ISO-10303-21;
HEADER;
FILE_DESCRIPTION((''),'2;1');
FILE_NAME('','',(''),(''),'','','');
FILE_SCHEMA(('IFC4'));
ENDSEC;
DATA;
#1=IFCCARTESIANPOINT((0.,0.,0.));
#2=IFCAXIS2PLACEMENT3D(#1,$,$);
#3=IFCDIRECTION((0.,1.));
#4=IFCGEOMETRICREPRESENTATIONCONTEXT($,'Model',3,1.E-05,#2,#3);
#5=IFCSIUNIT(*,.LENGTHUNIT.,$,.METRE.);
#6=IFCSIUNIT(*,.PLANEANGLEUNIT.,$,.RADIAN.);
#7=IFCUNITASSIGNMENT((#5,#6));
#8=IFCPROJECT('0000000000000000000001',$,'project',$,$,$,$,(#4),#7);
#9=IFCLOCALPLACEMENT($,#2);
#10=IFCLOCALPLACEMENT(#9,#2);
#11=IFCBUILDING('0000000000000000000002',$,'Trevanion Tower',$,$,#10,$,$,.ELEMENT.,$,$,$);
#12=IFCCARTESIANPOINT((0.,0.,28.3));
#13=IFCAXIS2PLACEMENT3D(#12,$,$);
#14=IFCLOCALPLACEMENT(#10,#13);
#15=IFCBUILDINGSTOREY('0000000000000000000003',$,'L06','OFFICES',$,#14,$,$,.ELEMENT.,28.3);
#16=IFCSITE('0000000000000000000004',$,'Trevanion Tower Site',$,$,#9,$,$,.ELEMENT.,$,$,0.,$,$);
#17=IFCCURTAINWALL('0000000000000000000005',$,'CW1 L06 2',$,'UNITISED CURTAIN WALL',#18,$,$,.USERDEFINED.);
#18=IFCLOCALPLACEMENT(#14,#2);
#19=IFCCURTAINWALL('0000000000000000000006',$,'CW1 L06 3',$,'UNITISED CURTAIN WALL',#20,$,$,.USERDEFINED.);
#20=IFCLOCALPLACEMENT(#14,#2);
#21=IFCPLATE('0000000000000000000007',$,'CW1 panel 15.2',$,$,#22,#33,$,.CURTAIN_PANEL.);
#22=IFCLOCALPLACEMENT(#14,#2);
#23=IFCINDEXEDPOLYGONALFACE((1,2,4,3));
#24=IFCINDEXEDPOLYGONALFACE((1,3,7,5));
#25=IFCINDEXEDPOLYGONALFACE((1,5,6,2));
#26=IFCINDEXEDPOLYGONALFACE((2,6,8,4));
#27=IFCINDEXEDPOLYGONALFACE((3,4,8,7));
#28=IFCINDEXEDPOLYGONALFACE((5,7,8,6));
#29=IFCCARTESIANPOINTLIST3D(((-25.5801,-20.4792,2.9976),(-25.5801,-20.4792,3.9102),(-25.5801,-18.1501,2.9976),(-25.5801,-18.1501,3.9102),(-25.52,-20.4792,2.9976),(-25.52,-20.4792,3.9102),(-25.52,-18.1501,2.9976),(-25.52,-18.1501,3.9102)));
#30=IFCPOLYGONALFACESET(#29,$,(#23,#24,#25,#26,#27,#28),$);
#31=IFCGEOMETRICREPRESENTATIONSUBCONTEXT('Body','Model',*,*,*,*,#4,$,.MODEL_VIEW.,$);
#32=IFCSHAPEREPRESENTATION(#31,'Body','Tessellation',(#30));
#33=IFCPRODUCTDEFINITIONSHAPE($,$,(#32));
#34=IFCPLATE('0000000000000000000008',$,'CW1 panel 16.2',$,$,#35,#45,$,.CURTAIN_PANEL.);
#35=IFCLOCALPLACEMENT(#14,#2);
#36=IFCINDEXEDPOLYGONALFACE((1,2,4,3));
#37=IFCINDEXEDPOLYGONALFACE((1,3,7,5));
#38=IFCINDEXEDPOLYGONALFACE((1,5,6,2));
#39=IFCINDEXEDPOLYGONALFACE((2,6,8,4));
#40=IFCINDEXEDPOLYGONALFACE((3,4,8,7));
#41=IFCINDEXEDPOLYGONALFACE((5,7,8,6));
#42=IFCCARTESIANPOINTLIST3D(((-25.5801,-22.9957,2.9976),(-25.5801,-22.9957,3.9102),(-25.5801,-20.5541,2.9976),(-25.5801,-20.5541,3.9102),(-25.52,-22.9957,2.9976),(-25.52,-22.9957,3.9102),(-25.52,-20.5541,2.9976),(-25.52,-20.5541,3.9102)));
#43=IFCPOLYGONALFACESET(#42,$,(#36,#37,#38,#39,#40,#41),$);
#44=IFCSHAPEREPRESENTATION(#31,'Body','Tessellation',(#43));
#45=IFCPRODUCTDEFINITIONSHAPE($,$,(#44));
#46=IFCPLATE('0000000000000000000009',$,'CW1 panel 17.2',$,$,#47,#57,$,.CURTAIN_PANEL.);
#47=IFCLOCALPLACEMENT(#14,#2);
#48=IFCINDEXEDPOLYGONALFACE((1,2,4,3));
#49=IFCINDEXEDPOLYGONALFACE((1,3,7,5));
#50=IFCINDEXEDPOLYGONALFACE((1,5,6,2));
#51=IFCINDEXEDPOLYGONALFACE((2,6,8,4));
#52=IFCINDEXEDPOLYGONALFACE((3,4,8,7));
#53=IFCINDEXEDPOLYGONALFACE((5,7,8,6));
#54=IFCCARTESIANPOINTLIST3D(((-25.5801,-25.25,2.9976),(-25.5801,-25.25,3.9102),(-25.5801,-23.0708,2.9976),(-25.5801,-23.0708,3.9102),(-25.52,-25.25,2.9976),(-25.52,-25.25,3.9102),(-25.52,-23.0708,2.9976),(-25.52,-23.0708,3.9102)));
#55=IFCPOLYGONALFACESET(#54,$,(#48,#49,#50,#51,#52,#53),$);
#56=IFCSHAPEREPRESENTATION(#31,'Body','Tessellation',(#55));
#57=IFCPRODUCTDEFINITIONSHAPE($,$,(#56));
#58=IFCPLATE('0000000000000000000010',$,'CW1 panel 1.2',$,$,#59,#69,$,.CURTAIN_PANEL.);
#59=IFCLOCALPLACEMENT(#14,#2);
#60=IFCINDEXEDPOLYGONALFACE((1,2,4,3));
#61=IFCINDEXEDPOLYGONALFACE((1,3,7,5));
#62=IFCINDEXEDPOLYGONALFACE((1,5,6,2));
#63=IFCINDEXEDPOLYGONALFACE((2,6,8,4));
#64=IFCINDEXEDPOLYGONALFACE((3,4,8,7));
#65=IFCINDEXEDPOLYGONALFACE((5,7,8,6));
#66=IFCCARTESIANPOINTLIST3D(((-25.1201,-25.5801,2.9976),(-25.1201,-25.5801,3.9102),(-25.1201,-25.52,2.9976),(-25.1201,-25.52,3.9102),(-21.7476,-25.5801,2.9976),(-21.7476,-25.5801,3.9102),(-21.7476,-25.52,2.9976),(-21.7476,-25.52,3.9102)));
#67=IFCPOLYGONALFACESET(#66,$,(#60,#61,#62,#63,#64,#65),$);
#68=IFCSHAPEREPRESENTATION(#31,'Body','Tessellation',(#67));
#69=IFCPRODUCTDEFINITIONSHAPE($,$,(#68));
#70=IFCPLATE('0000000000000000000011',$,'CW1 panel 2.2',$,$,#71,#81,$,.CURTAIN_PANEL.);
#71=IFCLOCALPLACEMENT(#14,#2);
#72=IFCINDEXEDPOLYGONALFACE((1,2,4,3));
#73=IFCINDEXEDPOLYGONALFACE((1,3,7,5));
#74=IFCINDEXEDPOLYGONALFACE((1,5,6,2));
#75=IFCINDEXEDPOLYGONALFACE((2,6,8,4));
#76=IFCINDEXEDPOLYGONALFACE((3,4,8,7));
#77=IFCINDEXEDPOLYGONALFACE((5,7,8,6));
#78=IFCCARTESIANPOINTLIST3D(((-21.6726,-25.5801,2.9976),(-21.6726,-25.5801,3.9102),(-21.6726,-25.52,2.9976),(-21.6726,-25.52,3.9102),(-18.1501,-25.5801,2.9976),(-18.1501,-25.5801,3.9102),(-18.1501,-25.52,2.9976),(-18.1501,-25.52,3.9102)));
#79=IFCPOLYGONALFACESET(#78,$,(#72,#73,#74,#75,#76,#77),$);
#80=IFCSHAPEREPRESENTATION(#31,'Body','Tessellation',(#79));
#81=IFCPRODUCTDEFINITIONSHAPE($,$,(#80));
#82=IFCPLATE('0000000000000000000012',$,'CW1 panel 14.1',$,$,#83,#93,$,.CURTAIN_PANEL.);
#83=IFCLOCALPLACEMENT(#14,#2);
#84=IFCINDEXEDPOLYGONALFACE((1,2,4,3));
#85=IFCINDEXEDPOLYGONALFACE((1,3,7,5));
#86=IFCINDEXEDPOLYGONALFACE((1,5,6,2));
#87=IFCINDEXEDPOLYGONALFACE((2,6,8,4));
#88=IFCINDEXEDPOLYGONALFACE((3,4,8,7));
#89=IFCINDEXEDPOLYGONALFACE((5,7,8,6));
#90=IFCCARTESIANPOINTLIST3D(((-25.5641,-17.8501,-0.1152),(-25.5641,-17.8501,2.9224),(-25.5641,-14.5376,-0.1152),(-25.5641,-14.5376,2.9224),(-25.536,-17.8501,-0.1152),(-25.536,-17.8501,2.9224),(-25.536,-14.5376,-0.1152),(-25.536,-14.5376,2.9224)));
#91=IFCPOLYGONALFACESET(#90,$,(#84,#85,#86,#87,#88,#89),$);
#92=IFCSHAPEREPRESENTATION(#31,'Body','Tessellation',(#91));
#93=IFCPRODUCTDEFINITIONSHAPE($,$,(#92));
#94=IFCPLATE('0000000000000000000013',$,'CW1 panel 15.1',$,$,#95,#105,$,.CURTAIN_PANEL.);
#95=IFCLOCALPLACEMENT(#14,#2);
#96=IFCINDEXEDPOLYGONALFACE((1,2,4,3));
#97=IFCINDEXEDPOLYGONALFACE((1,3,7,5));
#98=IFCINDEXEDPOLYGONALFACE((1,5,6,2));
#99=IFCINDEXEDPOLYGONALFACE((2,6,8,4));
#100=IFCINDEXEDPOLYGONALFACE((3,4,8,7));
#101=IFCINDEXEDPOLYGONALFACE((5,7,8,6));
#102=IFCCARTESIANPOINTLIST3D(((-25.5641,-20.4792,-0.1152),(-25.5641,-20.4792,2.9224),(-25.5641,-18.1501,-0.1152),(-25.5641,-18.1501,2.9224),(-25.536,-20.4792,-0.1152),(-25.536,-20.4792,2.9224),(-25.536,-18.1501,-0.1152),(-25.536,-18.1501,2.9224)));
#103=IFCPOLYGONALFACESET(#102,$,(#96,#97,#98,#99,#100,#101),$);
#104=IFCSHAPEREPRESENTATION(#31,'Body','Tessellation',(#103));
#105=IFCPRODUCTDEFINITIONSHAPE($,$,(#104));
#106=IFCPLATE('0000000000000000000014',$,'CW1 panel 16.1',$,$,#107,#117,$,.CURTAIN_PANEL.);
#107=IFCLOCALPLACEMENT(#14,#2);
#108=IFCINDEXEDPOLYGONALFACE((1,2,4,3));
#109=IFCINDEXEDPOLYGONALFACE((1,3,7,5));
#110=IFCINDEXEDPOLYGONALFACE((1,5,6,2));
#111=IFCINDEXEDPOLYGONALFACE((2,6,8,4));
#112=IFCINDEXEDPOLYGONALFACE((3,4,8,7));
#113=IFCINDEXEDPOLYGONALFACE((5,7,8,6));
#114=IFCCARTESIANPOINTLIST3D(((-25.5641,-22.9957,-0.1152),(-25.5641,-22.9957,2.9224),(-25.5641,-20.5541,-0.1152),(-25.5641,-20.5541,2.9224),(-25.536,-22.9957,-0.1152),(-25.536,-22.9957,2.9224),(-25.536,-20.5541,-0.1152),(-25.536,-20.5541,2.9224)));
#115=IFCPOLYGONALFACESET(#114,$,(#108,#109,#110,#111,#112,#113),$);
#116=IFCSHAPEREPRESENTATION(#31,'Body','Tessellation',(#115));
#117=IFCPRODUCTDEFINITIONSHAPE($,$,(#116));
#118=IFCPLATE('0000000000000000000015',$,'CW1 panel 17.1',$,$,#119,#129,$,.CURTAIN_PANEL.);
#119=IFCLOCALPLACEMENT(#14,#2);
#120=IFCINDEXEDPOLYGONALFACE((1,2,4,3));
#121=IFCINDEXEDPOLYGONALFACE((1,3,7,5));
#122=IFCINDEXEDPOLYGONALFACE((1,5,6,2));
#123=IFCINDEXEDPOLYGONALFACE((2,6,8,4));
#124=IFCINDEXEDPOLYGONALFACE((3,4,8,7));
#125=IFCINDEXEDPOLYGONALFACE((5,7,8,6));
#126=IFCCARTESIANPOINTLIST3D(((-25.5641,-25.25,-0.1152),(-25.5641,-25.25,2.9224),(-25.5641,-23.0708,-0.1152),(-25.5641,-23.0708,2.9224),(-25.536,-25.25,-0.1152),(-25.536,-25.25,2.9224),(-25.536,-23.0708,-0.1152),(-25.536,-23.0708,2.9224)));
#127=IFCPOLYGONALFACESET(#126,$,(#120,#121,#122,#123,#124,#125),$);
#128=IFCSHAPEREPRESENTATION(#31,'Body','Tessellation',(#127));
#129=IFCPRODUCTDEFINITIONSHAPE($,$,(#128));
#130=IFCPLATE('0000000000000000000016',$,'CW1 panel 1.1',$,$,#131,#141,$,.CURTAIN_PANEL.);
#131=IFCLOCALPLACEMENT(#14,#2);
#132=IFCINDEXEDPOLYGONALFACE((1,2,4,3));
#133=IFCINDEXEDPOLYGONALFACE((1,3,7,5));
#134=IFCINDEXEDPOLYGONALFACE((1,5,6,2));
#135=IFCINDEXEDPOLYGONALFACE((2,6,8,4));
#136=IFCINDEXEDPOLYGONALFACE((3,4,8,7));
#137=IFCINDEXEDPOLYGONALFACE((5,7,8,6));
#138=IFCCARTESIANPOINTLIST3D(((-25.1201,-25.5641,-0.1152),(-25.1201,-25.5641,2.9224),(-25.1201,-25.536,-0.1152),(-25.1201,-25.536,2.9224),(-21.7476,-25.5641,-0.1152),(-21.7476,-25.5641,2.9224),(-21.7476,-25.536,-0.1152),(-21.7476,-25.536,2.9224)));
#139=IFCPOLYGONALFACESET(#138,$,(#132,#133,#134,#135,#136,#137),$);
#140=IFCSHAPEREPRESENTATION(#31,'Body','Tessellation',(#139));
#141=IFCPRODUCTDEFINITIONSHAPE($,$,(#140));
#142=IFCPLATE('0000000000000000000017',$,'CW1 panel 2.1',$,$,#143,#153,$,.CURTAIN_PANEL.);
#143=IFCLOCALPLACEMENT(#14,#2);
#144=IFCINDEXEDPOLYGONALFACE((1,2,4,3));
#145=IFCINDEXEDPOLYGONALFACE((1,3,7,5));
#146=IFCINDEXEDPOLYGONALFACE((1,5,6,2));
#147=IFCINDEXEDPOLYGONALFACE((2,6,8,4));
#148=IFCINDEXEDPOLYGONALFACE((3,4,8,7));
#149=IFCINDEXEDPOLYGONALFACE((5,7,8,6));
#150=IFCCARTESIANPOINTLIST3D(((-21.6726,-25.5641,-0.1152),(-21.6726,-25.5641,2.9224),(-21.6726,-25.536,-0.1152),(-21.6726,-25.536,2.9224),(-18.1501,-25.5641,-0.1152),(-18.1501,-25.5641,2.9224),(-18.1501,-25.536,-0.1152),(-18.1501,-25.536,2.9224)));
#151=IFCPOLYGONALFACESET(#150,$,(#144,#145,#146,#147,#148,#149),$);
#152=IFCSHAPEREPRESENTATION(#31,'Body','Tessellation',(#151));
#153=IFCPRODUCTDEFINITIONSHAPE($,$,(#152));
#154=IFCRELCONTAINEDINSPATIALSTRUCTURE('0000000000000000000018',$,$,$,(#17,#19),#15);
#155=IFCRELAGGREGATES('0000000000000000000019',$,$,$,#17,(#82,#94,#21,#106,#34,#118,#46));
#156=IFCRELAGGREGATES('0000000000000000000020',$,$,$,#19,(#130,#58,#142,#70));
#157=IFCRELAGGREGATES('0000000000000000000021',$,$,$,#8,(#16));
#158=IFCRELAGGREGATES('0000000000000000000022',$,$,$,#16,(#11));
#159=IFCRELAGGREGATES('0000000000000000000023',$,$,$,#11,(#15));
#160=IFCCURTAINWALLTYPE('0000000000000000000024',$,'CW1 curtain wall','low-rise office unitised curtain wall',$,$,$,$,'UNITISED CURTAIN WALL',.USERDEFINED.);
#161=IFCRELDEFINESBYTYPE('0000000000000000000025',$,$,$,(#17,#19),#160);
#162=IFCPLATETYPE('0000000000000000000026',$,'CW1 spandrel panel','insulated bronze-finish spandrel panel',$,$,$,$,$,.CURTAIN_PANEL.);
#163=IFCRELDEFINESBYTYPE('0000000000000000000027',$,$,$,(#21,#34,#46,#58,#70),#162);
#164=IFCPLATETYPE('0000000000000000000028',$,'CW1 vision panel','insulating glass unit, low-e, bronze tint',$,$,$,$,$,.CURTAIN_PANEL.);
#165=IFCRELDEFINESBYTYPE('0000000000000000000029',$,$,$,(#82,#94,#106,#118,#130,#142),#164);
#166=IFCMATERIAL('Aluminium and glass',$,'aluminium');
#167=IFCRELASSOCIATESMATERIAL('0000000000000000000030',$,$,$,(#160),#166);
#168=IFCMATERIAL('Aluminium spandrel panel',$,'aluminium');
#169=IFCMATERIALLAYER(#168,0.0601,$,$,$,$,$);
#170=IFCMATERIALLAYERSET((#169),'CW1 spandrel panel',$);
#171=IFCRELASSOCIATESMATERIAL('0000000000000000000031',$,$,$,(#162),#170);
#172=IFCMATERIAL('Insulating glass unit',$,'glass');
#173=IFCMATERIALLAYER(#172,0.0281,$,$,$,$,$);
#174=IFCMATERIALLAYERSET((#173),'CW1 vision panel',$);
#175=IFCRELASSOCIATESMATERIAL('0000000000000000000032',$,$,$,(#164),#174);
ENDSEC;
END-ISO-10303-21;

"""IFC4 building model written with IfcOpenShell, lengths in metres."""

from ifc_helpers import new_model, si_unit, direction, frame, origin, origin_2d, place, context, subcontext, project, spatial, rectangle, extrude, material, layer, layer_set, type_object, element, aggregate, save


model = new_model("IFC4")

# Units and contexts
model_context = context("Model", 3, precision=1e-05, world=origin(), true_north=direction((0.0, 1.0)))
body_context = subcontext(model_context, "Body", "Model", "MODEL_VIEW")
ifc_project = project(units=[si_unit("LENGTHUNIT", "METRE"), si_unit("PLANEANGLEUNIT", "RADIAN")], contexts=[model_context])

# Site, building, storey
site_placement = place(None, origin())
site = spatial("IfcSite", under=ifc_project, at=site_placement, Name="Trevanion Tower Site", CompositionType="ELEMENT", RefElevation=0.0)
building_placement = place(site_placement, origin())
building = spatial("IfcBuilding", under=site, at=building_placement, Name="Trevanion Tower", CompositionType="ELEMENT")
storey_placement = place(building_placement, frame((0.0, 0.0, 28.3)))
storey = spatial("IfcBuildingStorey", under=building, at=storey_placement, Name="L06", Description="OFFICES", CompositionType="ELEMENT", Elevation=28.3)

# Curtain wall
ifc_material_1 = material(Name="Aluminium and glass", Category="aluminium")
curtain_wall_type = type_object("IfcCurtainWallType", Name="CW1 curtain wall", Description="low-rise office unitised curtain wall", ElementType="UNITISED CURTAIN WALL", PredefinedType="USERDEFINED", material=ifc_material_1)
curtain_wall_1_placement = place(storey_placement, origin())
curtain_wall_1 = element("IfcCurtainWall", 1, at=curtain_wall_1_placement, inside=storey, type_object=curtain_wall_type, Name="CW1 L06 2", ObjectType="UNITISED CURTAIN WALL", PredefinedType="USERDEFINED")

# Curtain wall
curtain_wall_2_placement = place(storey_placement, origin())
curtain_wall_2 = element("IfcCurtainWall", 2, at=curtain_wall_2_placement, inside=storey, type_object=curtain_wall_type, Name="CW1 L06 3", ObjectType="UNITISED CURTAIN WALL", PredefinedType="USERDEFINED")

# Plates
ifc_material_2 = material(Name="Aluminium spandrel panel", Category="aluminium")
ifc_layer_1 = layer(ifc_material_2, 0.0601)
ifc_layer_set_1 = layer_set([ifc_layer_1], Name="CW1 spandrel panel")
plate_type_1 = type_object("IfcPlateType", Name="CW1 spandrel panel", Description="insulated bronze-finish spandrel panel", PredefinedType="CURTAIN_PANEL", material=ifc_layer_set_1)
plate_1_placement = place(storey_placement, frame((-25.55, -19.3147, 2.9976), z_axis=(0.0, 0.0, 1.0), x_axis=(0.0, -1.0, 0.0)))
plate_1 = element("IfcPlate", 3, at=plate_1_placement, type_object=plate_type_1, Name="CW1 panel 15.2", PredefinedType="CURTAIN_PANEL", context=body_context, shape_type="SweptSolid", body=[
    extrude(rectangle(XDim=2.3291, YDim=0.0601, at=origin_2d()), origin(), (0.0, 0.0, 1.0), 0.9126),
])
plate_2_placement = place(storey_placement, frame((-25.55, -21.7749, 2.9976), z_axis=(0.0, 0.0, 1.0), x_axis=(0.0, -1.0, 0.0)))
plate_2 = element("IfcPlate", 4, at=plate_2_placement, type_object=plate_type_1, Name="CW1 panel 16.2", PredefinedType="CURTAIN_PANEL", context=body_context, shape_type="SweptSolid", body=[
    extrude(rectangle(XDim=2.4417, YDim=0.0601, at=origin_2d()), origin(), (0.0, 0.0, 1.0), 0.9126),
])
plate_3_placement = place(storey_placement, frame((-25.55, -24.1604, 2.9976), z_axis=(0.0, 0.0, 1.0), x_axis=(0.0, -1.0, 0.0)))
plate_3 = element("IfcPlate", 5, at=plate_3_placement, type_object=plate_type_1, Name="CW1 panel 17.2", PredefinedType="CURTAIN_PANEL", context=body_context, shape_type="SweptSolid", body=[
    extrude(rectangle(XDim=2.1792, YDim=0.0601, at=origin_2d()), origin(), (0.0, 0.0, 1.0), 0.9126),
])
plate_4_placement = place(storey_placement, frame((-23.4338, -25.55, 2.9976), z_axis=(0.0, 0.0, 1.0), x_axis=(1.0, 0.0, 0.0)))
plate_4 = element("IfcPlate", 6, at=plate_4_placement, type_object=plate_type_1, Name="CW1 panel 1.2", PredefinedType="CURTAIN_PANEL", context=body_context, shape_type="SweptSolid", body=[
    extrude(rectangle(XDim=3.3726, YDim=0.0601, at=origin_2d()), origin(), (0.0, 0.0, 1.0), 0.9126),
])
plate_5_placement = place(storey_placement, frame((-19.9114, -25.55, 2.9976), z_axis=(0.0, 0.0, 1.0), x_axis=(1.0, 0.0, 0.0)))
plate_5 = element("IfcPlate", 7, at=plate_5_placement, type_object=plate_type_1, Name="CW1 panel 2.2", PredefinedType="CURTAIN_PANEL", context=body_context, shape_type="SweptSolid", body=[
    extrude(rectangle(XDim=3.5225, YDim=0.0601, at=origin_2d()), origin(), (0.0, 0.0, 1.0), 0.9126),
])
ifc_material_3 = material(Name="Insulating glass unit", Category="glass")
ifc_layer_2 = layer(ifc_material_3, 0.0281)
ifc_layer_set_2 = layer_set([ifc_layer_2], Name="CW1 vision panel")
plate_type_2 = type_object("IfcPlateType", Name="CW1 vision panel", Description="insulating glass unit, low-e, bronze tint", PredefinedType="CURTAIN_PANEL", material=ifc_layer_set_2)
plate_6_placement = place(storey_placement, frame((-25.55, -16.1938, -0.1152), z_axis=(0.0, 0.0, 1.0), x_axis=(0.0, -1.0, 0.0)))
plate_6 = element("IfcPlate", 8, at=plate_6_placement, type_object=plate_type_2, Name="CW1 panel 14.1", PredefinedType="CURTAIN_PANEL", context=body_context, shape_type="SweptSolid", body=[
    extrude(rectangle(XDim=3.3125, YDim=0.0281, at=origin_2d()), origin(), (0.0, 0.0, 1.0), 3.0376),
])
plate_7_placement = place(storey_placement, frame((-25.55, -19.3147, -0.1152), z_axis=(0.0, 0.0, 1.0), x_axis=(0.0, -1.0, 0.0)))
plate_7 = element("IfcPlate", 9, at=plate_7_placement, type_object=plate_type_2, Name="CW1 panel 15.1", PredefinedType="CURTAIN_PANEL", context=body_context, shape_type="SweptSolid", body=[
    extrude(rectangle(XDim=2.3291, YDim=0.0281, at=origin_2d()), origin(), (0.0, 0.0, 1.0), 3.0376),
])
plate_8_placement = place(storey_placement, frame((-25.55, -21.7749, -0.1152), z_axis=(0.0, 0.0, 1.0), x_axis=(0.0, -1.0, 0.0)))
plate_8 = element("IfcPlate", 10, at=plate_8_placement, type_object=plate_type_2, Name="CW1 panel 16.1", PredefinedType="CURTAIN_PANEL", context=body_context, shape_type="SweptSolid", body=[
    extrude(rectangle(XDim=2.4417, YDim=0.0281, at=origin_2d()), origin(), (0.0, 0.0, 1.0), 3.0376),
])
plate_9_placement = place(storey_placement, frame((-25.55, -24.1604, -0.1152), z_axis=(0.0, 0.0, 1.0), x_axis=(0.0, -1.0, 0.0)))
plate_9 = element("IfcPlate", 11, at=plate_9_placement, type_object=plate_type_2, Name="CW1 panel 17.1", PredefinedType="CURTAIN_PANEL", context=body_context, shape_type="SweptSolid", body=[
    extrude(rectangle(XDim=2.1792, YDim=0.0281, at=origin_2d()), origin(), (0.0, 0.0, 1.0), 3.0376),
])
aggregate(curtain_wall_1, [plate_6, plate_7, plate_1, plate_8, plate_2, plate_9, plate_3])
plate_10_placement = place(storey_placement, frame((-23.4338, -25.55, -0.1152), z_axis=(0.0, 0.0, 1.0), x_axis=(1.0, 0.0, 0.0)))
plate_10 = element("IfcPlate", 12, at=plate_10_placement, type_object=plate_type_2, Name="CW1 panel 1.1", PredefinedType="CURTAIN_PANEL", context=body_context, shape_type="SweptSolid", body=[
    extrude(rectangle(XDim=3.3726, YDim=0.0281, at=origin_2d()), origin(), (0.0, 0.0, 1.0), 3.0376),
])
plate_11_placement = place(storey_placement, frame((-19.9114, -25.55, -0.1152), z_axis=(0.0, 0.0, 1.0), x_axis=(1.0, 0.0, 0.0)))
plate_11 = element("IfcPlate", 13, at=plate_11_placement, type_object=plate_type_2, Name="CW1 panel 2.1", PredefinedType="CURTAIN_PANEL", context=body_context, shape_type="SweptSolid", body=[
    extrude(rectangle(XDim=3.5225, YDim=0.0281, at=origin_2d()), origin(), (0.0, 0.0, 1.0), 3.0376),
])
aggregate(curtain_wall_2, [plate_10, plate_4, plate_11, plate_5])

save(model, "model.ifc")
